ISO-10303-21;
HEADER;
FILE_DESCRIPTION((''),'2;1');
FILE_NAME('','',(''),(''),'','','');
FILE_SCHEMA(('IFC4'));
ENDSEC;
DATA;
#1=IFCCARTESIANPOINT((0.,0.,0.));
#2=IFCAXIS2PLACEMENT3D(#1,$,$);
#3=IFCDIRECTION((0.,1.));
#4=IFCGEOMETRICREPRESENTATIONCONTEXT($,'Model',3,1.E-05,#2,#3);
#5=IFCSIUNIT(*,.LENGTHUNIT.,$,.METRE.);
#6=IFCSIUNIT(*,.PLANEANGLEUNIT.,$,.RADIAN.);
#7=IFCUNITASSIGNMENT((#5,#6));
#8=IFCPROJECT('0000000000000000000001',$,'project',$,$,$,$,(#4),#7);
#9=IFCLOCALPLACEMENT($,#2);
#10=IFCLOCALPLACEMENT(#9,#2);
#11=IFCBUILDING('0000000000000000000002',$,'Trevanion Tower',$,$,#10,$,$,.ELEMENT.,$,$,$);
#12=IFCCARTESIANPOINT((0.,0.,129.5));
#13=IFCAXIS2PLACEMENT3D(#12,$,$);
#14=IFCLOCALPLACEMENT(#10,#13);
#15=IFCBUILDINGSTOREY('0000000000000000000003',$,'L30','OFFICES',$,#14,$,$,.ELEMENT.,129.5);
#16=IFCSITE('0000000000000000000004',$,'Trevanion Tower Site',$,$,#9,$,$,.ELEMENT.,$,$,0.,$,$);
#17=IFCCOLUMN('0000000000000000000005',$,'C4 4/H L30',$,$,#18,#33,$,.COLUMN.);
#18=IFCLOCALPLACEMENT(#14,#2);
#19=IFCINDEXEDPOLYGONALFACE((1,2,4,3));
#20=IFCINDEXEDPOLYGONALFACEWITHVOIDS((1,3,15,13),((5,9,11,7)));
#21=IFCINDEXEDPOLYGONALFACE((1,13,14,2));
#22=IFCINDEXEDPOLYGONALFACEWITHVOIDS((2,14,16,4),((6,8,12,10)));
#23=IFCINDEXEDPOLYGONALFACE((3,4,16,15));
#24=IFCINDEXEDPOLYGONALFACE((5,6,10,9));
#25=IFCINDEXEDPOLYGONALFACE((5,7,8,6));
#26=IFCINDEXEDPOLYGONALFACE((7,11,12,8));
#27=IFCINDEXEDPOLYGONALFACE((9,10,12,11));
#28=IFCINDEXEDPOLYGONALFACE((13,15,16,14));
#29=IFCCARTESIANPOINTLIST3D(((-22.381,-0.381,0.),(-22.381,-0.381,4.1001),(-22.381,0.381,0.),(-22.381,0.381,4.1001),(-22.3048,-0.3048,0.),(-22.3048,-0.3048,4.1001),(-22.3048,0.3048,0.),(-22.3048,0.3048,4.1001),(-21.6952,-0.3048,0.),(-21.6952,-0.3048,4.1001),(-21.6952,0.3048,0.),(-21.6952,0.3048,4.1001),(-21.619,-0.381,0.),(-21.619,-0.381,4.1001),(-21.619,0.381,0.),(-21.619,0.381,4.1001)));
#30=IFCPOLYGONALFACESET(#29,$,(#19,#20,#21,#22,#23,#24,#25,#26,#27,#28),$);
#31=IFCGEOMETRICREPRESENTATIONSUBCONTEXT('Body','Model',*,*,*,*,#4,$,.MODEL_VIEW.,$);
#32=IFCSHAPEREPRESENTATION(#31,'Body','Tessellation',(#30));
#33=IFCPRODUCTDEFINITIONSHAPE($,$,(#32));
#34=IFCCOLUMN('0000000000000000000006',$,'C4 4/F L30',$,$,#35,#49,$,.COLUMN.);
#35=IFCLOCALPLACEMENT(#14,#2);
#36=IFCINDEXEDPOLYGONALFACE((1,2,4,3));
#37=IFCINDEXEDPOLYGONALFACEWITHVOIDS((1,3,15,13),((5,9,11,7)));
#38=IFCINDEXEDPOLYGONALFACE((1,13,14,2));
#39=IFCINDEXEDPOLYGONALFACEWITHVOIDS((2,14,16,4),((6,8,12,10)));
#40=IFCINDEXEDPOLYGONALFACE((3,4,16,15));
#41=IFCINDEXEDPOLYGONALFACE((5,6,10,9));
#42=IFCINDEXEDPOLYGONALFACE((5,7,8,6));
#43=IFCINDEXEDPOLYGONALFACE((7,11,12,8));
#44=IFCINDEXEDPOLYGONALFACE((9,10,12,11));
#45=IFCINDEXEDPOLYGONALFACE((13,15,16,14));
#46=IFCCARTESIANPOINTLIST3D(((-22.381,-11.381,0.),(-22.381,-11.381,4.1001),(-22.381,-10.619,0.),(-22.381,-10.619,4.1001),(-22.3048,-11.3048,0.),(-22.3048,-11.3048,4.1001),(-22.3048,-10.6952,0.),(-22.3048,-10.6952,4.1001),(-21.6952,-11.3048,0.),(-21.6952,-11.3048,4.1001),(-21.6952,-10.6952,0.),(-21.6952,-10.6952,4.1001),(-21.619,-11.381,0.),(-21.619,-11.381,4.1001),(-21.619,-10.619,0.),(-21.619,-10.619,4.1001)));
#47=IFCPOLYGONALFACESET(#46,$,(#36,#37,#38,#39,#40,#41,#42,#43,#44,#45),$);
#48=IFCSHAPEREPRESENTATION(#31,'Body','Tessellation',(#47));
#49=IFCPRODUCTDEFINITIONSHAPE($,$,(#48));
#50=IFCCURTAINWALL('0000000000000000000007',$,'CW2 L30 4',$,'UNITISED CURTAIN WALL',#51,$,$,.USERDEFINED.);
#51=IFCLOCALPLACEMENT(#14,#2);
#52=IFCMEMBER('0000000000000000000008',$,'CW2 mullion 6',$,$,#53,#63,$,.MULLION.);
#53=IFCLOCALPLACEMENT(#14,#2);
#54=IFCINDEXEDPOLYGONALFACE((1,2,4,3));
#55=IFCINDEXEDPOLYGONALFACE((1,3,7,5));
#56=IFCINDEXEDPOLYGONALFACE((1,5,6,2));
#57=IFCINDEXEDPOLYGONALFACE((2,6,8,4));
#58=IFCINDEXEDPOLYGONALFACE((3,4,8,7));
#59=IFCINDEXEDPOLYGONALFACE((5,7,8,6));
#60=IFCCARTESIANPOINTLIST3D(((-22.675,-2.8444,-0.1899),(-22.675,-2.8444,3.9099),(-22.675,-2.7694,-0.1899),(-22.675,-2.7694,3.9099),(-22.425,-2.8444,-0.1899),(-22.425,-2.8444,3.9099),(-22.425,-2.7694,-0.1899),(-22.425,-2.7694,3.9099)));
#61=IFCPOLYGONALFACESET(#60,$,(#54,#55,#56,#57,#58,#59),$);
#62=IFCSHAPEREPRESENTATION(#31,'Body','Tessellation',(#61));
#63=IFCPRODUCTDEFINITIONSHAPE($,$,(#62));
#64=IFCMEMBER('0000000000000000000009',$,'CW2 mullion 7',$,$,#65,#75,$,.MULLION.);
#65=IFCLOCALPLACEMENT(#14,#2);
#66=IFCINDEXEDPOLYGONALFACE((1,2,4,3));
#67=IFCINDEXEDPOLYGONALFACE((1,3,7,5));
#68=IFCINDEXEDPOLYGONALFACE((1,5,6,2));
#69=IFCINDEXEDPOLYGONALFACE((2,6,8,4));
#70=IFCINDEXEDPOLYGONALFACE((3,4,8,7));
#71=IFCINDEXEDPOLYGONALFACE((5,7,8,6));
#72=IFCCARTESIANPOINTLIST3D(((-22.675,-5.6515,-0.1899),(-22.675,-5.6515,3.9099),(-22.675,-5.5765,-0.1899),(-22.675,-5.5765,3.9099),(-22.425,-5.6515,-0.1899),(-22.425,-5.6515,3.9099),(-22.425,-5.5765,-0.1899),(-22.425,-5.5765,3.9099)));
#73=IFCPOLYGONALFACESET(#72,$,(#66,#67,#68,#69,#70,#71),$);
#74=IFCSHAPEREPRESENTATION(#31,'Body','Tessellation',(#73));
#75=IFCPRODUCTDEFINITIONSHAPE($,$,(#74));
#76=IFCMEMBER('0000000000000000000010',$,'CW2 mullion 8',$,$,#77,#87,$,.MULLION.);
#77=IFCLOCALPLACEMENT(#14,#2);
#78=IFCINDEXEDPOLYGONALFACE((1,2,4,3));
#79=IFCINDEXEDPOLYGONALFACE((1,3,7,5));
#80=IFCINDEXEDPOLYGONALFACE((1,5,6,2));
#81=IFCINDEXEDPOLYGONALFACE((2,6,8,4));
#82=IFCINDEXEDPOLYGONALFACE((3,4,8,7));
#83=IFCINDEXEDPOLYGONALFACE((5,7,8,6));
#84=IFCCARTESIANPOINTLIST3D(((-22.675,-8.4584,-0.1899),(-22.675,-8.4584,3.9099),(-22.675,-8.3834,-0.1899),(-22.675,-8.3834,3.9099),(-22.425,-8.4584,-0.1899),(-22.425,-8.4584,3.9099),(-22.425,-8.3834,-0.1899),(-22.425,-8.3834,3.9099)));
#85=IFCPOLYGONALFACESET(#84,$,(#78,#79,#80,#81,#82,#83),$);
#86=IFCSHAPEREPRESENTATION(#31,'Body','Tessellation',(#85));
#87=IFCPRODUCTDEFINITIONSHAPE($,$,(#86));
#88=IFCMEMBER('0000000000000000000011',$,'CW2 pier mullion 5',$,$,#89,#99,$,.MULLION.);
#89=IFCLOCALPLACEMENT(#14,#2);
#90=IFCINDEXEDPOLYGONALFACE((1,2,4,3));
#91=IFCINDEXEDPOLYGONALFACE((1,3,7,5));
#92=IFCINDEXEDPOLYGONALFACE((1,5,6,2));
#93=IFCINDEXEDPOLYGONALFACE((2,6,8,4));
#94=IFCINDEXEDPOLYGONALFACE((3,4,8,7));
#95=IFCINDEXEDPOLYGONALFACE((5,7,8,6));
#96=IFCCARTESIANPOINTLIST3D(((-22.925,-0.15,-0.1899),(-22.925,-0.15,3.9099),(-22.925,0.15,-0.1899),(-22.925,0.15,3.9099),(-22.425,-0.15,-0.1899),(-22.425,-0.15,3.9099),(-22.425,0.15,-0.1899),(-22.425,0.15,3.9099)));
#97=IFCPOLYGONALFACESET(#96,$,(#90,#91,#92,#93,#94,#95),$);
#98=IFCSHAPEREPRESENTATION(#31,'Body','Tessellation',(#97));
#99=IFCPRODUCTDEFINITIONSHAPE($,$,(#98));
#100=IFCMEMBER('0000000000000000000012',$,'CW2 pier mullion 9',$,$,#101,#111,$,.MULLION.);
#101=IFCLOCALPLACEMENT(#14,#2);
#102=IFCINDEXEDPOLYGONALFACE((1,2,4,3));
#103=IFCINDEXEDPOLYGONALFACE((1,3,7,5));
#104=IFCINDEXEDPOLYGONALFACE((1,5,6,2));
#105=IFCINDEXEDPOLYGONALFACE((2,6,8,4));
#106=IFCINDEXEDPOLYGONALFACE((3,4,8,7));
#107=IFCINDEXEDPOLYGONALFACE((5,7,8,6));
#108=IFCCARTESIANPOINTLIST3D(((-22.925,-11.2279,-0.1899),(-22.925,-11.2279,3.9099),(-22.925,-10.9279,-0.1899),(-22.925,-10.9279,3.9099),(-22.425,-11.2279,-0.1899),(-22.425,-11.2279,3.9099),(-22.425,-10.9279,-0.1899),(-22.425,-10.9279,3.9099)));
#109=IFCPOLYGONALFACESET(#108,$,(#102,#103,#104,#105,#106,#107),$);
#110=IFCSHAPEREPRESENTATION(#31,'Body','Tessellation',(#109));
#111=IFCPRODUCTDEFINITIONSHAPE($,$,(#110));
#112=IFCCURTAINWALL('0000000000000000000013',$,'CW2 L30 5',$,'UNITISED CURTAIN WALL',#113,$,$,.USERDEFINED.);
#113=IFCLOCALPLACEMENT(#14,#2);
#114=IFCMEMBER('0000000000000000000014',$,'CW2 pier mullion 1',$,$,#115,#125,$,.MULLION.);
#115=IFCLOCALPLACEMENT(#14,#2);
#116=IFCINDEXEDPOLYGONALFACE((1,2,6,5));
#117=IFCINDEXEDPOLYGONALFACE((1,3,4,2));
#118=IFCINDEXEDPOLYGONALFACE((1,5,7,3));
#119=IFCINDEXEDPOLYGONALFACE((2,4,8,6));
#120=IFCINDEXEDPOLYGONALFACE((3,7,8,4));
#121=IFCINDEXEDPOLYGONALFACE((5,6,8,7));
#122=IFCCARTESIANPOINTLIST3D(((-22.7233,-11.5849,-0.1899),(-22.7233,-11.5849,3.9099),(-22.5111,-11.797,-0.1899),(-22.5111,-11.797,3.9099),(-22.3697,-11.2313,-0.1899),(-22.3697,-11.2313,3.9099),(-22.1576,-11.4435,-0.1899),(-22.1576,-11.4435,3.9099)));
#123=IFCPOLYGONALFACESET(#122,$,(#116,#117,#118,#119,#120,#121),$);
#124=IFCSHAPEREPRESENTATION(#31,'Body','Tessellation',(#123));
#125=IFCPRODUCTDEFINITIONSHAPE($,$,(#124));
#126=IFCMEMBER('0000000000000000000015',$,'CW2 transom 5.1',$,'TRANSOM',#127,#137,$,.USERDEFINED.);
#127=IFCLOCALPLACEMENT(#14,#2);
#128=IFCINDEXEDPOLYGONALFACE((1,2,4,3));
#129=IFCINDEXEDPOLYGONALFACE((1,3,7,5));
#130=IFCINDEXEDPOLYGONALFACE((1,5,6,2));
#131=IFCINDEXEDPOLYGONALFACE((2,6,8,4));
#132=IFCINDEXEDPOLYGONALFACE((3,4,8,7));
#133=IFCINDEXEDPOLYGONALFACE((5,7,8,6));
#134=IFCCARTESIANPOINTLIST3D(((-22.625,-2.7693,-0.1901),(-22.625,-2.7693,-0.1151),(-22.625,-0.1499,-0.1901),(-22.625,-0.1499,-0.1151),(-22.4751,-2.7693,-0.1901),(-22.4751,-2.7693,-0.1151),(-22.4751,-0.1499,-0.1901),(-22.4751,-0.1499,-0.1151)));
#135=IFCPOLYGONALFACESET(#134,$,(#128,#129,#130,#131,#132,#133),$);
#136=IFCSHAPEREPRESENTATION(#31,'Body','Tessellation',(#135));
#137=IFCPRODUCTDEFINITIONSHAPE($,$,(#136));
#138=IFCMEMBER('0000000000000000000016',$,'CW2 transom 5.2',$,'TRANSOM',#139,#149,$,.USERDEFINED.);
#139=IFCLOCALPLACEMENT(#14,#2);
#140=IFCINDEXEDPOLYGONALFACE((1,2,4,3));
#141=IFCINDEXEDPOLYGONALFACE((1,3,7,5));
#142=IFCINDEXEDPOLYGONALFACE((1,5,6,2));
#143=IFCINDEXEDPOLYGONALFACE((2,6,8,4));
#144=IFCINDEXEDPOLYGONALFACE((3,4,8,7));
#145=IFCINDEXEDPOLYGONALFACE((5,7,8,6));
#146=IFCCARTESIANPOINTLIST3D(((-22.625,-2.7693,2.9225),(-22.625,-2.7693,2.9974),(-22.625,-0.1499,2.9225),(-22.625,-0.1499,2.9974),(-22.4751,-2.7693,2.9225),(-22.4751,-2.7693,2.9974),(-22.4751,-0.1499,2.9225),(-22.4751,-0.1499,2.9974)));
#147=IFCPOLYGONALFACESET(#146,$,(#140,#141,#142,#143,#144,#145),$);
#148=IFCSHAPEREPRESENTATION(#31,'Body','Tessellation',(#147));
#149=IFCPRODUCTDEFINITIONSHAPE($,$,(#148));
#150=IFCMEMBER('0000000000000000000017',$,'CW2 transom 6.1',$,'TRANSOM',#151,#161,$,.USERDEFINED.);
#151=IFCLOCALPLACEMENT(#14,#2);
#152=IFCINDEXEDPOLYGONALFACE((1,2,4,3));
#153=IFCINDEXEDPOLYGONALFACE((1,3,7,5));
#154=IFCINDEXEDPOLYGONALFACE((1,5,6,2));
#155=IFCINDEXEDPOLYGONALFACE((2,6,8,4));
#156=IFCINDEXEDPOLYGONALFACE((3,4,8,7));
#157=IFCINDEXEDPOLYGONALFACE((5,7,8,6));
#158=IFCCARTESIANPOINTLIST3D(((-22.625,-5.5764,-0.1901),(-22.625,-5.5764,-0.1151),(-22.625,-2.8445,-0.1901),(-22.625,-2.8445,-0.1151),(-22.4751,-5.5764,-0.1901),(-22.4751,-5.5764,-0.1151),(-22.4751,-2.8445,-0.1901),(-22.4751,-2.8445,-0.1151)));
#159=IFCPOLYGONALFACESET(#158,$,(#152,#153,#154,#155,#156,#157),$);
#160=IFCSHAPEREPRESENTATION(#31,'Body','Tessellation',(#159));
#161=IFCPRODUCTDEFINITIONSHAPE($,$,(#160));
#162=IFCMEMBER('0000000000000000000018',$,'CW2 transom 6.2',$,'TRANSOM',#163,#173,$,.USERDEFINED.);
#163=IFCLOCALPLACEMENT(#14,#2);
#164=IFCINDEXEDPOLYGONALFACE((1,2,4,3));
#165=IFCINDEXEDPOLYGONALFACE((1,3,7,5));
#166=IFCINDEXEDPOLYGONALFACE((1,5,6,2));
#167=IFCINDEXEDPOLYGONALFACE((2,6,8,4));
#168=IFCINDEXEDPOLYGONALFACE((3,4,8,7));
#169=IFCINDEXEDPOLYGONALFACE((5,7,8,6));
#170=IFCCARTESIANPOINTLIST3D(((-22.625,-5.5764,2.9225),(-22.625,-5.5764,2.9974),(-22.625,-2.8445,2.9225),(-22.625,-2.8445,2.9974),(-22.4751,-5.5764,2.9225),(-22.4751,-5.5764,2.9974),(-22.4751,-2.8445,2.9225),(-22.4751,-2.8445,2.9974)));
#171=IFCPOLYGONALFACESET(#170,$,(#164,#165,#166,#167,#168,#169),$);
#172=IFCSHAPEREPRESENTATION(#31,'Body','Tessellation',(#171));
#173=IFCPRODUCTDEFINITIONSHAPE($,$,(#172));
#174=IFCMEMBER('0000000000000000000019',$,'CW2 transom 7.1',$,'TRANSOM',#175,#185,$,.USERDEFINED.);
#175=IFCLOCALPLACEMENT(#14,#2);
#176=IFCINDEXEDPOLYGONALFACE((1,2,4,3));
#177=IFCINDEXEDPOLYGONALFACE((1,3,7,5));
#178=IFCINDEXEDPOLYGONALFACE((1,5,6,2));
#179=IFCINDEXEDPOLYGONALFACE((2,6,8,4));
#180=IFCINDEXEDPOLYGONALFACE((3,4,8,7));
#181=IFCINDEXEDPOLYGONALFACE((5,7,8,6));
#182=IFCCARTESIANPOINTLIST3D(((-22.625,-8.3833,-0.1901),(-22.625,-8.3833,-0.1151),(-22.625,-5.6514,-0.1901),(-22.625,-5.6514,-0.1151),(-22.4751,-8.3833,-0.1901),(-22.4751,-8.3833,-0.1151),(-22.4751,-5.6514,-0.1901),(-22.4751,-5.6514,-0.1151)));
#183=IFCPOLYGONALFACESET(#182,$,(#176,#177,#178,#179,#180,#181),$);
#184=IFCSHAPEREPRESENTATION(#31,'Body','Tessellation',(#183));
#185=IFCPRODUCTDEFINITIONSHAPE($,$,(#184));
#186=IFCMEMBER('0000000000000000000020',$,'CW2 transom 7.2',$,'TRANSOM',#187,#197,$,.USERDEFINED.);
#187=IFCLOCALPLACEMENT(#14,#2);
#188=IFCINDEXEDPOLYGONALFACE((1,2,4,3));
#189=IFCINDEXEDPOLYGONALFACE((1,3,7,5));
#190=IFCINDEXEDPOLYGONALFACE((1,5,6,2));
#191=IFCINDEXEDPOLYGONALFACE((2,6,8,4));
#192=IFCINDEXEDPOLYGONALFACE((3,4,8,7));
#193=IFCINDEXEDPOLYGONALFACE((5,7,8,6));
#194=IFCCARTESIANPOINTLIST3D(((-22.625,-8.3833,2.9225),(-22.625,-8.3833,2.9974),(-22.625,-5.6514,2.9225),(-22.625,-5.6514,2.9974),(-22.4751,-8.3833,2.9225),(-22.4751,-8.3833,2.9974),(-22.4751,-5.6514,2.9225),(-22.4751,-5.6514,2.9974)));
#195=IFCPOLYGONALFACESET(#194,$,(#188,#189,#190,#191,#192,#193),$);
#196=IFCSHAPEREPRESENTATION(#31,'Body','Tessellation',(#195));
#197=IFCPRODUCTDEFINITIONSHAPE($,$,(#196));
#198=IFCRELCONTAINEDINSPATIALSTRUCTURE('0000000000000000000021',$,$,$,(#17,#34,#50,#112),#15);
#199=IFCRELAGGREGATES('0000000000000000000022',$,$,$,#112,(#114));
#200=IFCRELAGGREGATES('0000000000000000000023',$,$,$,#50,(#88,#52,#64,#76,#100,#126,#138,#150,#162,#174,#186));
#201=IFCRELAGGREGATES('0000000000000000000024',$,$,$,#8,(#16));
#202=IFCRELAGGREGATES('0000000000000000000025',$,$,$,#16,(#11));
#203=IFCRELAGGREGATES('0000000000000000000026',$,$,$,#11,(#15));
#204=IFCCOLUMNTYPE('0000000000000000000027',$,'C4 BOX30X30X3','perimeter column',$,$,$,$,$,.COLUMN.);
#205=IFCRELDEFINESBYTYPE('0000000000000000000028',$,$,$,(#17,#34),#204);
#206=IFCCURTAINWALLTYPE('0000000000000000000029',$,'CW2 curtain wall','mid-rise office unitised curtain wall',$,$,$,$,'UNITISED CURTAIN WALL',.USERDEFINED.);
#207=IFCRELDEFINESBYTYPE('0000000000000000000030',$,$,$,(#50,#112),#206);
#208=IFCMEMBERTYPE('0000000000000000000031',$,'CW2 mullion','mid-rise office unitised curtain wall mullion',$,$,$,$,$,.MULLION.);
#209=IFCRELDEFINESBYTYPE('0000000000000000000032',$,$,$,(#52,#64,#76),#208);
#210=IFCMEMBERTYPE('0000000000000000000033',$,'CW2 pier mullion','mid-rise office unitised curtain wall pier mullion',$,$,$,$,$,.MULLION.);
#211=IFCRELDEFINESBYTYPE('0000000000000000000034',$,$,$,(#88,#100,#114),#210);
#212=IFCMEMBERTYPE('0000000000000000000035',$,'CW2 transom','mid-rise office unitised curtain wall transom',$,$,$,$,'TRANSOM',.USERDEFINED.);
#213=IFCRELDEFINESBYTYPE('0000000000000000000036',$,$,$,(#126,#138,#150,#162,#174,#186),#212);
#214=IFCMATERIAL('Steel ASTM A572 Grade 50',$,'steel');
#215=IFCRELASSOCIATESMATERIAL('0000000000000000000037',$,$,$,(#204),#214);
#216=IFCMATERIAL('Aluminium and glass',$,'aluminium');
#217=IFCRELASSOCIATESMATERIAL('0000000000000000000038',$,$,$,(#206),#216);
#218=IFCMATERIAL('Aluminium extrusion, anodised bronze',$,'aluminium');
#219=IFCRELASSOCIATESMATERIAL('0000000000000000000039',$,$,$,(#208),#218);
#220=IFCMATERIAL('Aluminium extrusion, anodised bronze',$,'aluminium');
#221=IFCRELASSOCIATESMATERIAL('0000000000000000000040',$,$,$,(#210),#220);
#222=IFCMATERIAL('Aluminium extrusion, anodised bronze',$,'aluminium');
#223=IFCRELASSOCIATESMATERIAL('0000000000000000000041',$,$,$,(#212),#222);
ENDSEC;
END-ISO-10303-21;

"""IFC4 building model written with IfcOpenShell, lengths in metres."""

from ifc_helpers import new_model, si_unit, direction, frame, origin, origin_2d, place, context, subcontext, project, spatial, rectangle, hollow_rectangle, extrude, material, material_profile, profile_set, type_object, element, aggregate, save


model = new_model("IFC4")

# Units and contexts
model_context = context("Model", 3, precision=1e-05, world=origin(), true_north=direction((0.0, 1.0)))
body_context = subcontext(model_context, "Body", "Model", "MODEL_VIEW")
ifc_project = project(units=[si_unit("LENGTHUNIT", "METRE"), si_unit("PLANEANGLEUNIT", "RADIAN")], contexts=[model_context])

# Site, building, storey
site_placement = place(None, origin())
site = spatial("IfcSite", under=ifc_project, at=site_placement, Name="Trevanion Tower Site", CompositionType="ELEMENT", RefElevation=0.0)
building_placement = place(site_placement, origin())
building = spatial("IfcBuilding", under=site, at=building_placement, Name="Trevanion Tower", CompositionType="ELEMENT")
storey_placement = place(building_placement, frame((0.0, 0.0, 129.5)))
storey = spatial("IfcBuildingStorey", under=building, at=storey_placement, Name="L30", Description="OFFICES", CompositionType="ELEMENT", Elevation=129.5)

# Columns
ifc_material_1 = material(Name="Steel ASTM A572 Grade 50", Category="steel")
ifc_material_profile_1 = material_profile(ifc_material_1, hollow_rectangle(XDim=0.762, YDim=0.762, WallThickness=0.0762, at=origin_2d()), Name="BOX30X30X3")
ifc_profile_set_1 = profile_set([ifc_material_profile_1], Name="Steel ASTM A572 Grade 50")
column_type = type_object("IfcColumnType", Name="C4 BOX30X30X3", Description="perimeter column", PredefinedType="COLUMN", material=ifc_profile_set_1)
for number, where, z_axis, x_axis, name in (
    (1, (-22.0, 0.0, 0.0), (0.0, 0.0, 1.0), (0.0, 1.0, 0.0), "C4 4/H L30"),
    (2, (-22.0, -11.0, 0.0), (0.0, 0.0, 1.0), (0.0, 1.0, 0.0), "C4 4/F L30"),
):
    element("IfcColumn", number, at=place(storey_placement, frame(where, z_axis=z_axis, x_axis=x_axis)), inside=storey, type_object=column_type, Name=name, PredefinedType="COLUMN", context=body_context, shape_type="SweptSolid", body=[
        extrude(hollow_rectangle(XDim=0.762, YDim=0.762, WallThickness=0.0762, at=origin_2d()), origin(), (0.0, 0.0, 1.0), 4.1001),
    ])

# Curtain wall, members
ifc_material_2 = material(Name="Aluminium and glass", Category="aluminium")
curtain_wall_type = type_object("IfcCurtainWallType", Name="CW2 curtain wall", Description="mid-rise office unitised curtain wall", ElementType="UNITISED CURTAIN WALL", PredefinedType="USERDEFINED", material=ifc_material_2)
curtain_wall_1_placement = place(storey_placement, origin())
curtain_wall_1 = element("IfcCurtainWall", 3, at=curtain_wall_1_placement, inside=storey, type_object=curtain_wall_type, Name="CW2 L30 4", ObjectType="UNITISED CURTAIN WALL", PredefinedType="USERDEFINED")
ifc_material_3 = material(Name="Aluminium extrusion, anodised bronze", Category="aluminium")
ifc_material_profile_2 = material_profile(ifc_material_3, rectangle(XDim=0.075, YDim=0.25, at=origin_2d()), Name="CW2 mullion")
ifc_profile_set_2 = profile_set([ifc_material_profile_2], Name="Aluminium extrusion, anodised bronze")
member_type_1 = type_object("IfcMemberType", Name="CW2 mullion", Description="mid-rise office unitised curtain wall mullion", PredefinedType="MULLION", material=ifc_profile_set_2)
member_1_placement = place(storey_placement, frame((-22.55, -2.8069, -0.1899), z_axis=(0.0, 0.0, 1.0), x_axis=(0.0, -1.0, 0.0)))
member_1 = element("IfcMember", 4, at=member_1_placement, type_object=member_type_1, Name="CW2 mullion 6", PredefinedType="MULLION", context=body_context, shape_type="SweptSolid", body=[
    extrude(rectangle(XDim=0.075, YDim=0.25, at=origin_2d()), origin(), (0.0, 0.0, 1.0), 4.0999),
])
member_2_placement = place(storey_placement, frame((-22.55, -5.614, -0.1899), z_axis=(0.0, 0.0, 1.0), x_axis=(0.0, -1.0, 0.0)))
member_2 = element("IfcMember", 5, at=member_2_placement, type_object=member_type_1, Name="CW2 mullion 7", PredefinedType="MULLION", context=body_context, shape_type="SweptSolid", body=[
    extrude(rectangle(XDim=0.075, YDim=0.25, at=origin_2d()), origin(), (0.0, 0.0, 1.0), 4.0999),
])
member_3_placement = place(storey_placement, frame((-22.55, -8.4209, -0.1899), z_axis=(0.0, 0.0, 1.0), x_axis=(0.0, -1.0, 0.0)))
member_3 = element("IfcMember", 6, at=member_3_placement, type_object=member_type_1, Name="CW2 mullion 8", PredefinedType="MULLION", context=body_context, shape_type="SweptSolid", body=[
    extrude(rectangle(XDim=0.075, YDim=0.25, at=origin_2d()), origin(), (0.0, 0.0, 1.0), 4.0999),
])
ifc_material_4 = material(Name="Aluminium extrusion, anodised bronze", Category="aluminium")
ifc_material_profile_3 = material_profile(ifc_material_4, rectangle(XDim=0.3, YDim=0.5, at=origin_2d()), Name="CW2 pier mullion")
ifc_profile_set_3 = profile_set([ifc_material_profile_3], Name="Aluminium extrusion, anodised bronze")
member_type_2 = type_object("IfcMemberType", Name="CW2 pier mullion", Description="mid-rise office unitised curtain wall pier mullion", PredefinedType="MULLION", material=ifc_profile_set_3)
member_4_placement = place(storey_placement, frame((-22.675, 0.0, -0.1899), z_axis=(0.0, 0.0, 1.0), x_axis=(0.0, -1.0, 0.0)))
member_4 = element("IfcMember", 7, at=member_4_placement, type_object=member_type_2, Name="CW2 pier mullion 5", PredefinedType="MULLION", context=body_context, shape_type="SweptSolid", body=[
    extrude(rectangle(XDim=0.3, YDim=0.5, at=origin_2d()), origin(), (0.0, 0.0, 1.0), 4.0999),
])
member_5_placement = place(storey_placement, frame((-22.675, -11.0779, -0.1899), z_axis=(0.0, 0.0, 1.0), x_axis=(0.0, -1.0, 0.0)))
member_5 = element("IfcMember", 8, at=member_5_placement, type_object=member_type_2, Name="CW2 pier mullion 9", PredefinedType="MULLION", context=body_context, shape_type="SweptSolid", body=[
    extrude(rectangle(XDim=0.3, YDim=0.5, at=origin_2d()), origin(), (0.0, 0.0, 1.0), 4.0999),
])

# Curtain wall, member
curtain_wall_2_placement = place(storey_placement, origin())
curtain_wall_2 = element("IfcCurtainWall", 9, at=curtain_wall_2_placement, inside=storey, type_object=curtain_wall_type, Name="CW2 L30 5", ObjectType="UNITISED CURTAIN WALL", PredefinedType="USERDEFINED")
member_6_placement = place(storey_placement, frame((-22.4404, -11.5142, -0.1899), z_axis=(0.0, 0.0, 1.0), x_axis=(0.707107, -0.707107, 0.0)))
member_6 = element("IfcMember", 10, at=member_6_placement, type_object=member_type_2, Name="CW2 pier mullion 1", PredefinedType="MULLION", context=body_context, shape_type="SweptSolid", body=[
    extrude(rectangle(XDim=0.3, YDim=0.5, at=origin_2d()), origin(), (0.0, 0.0, 1.0), 4.0999),
])

# Members
ifc_material_5 = material(Name="Aluminium extrusion, anodised bronze", Category="aluminium")
ifc_material_profile_4 = material_profile(ifc_material_5, rectangle(XDim=0.1499, YDim=0.075, at=origin_2d()), Name="CW2 transom")
ifc_profile_set_4 = profile_set([ifc_material_profile_4], Name="Aluminium extrusion, anodised bronze")
member_type_3 = type_object("IfcMemberType", Name="CW2 transom", Description="mid-rise office unitised curtain wall transom", ElementType="TRANSOM", PredefinedType="USERDEFINED", material=ifc_profile_set_4)
member_7_placement = place(storey_placement, frame((-22.55, -0.1499, -0.1526), z_axis=(0.0, -1.0, 0.0), x_axis=(1.0, 0.0, 0.0)))
member_7 = element("IfcMember", 11, at=member_7_placement, type_object=member_type_3, Name="CW2 transom 5.1", ObjectType="TRANSOM", PredefinedType="USERDEFINED", context=body_context, shape_type="SweptSolid", body=[
    extrude(rectangle(XDim=0.1499, YDim=0.075, at=origin_2d()), origin(), (0.0, 0.0, 1.0), 2.6194),
])
member_8_placement = place(storey_placement, frame((-22.55, -0.1499, 2.96), z_axis=(0.0, -1.0, 0.0), x_axis=(1.0, 0.0, 0.0)))
member_8 = element("IfcMember", 12, at=member_8_placement, type_object=member_type_3, Name="CW2 transom 5.2", ObjectType="TRANSOM", PredefinedType="USERDEFINED", context=body_context, shape_type="SweptSolid", body=[
    extrude(rectangle(XDim=0.1499, YDim=0.075, at=origin_2d()), origin(), (0.0, 0.0, 1.0), 2.6194),
])
member_9_placement = place(storey_placement, frame((-22.55, -2.8445, -0.1526), z_axis=(0.0, -1.0, 0.0), x_axis=(1.0, 0.0, 0.0)))
member_9 = element("IfcMember", 13, at=member_9_placement, type_object=member_type_3, Name="CW2 transom 6.1", ObjectType="TRANSOM", PredefinedType="USERDEFINED", context=body_context, shape_type="SweptSolid", body=[
    extrude(rectangle(XDim=0.1499, YDim=0.075, at=origin_2d()), origin(), (0.0, 0.0, 1.0), 2.7319),
])
member_10_placement = place(storey_placement, frame((-22.55, -2.8445, 2.96), z_axis=(0.0, -1.0, 0.0), x_axis=(1.0, 0.0, 0.0)))
member_10 = element("IfcMember", 14, at=member_10_placement, type_object=member_type_3, Name="CW2 transom 6.2", ObjectType="TRANSOM", PredefinedType="USERDEFINED", context=body_context, shape_type="SweptSolid", body=[
    extrude(rectangle(XDim=0.1499, YDim=0.075, at=origin_2d()), origin(), (0.0, 0.0, 1.0), 2.7319),
])
member_11_placement = place(storey_placement, frame((-22.55, -5.6514, -0.1526), z_axis=(0.0, -1.0, 0.0), x_axis=(1.0, 0.0, 0.0)))
member_11 = element("IfcMember", 15, at=member_11_placement, type_object=member_type_3, Name="CW2 transom 7.1", ObjectType="TRANSOM", PredefinedType="USERDEFINED", context=body_context, shape_type="SweptSolid", body=[
    extrude(rectangle(XDim=0.1499, YDim=0.075, at=origin_2d()), origin(), (0.0, 0.0, 1.0), 2.7319),
])
member_12_placement = place(storey_placement, frame((-22.55, -5.6514, 2.96), z_axis=(0.0, -1.0, 0.0), x_axis=(1.0, 0.0, 0.0)))
member_12 = element("IfcMember", 16, at=member_12_placement, type_object=member_type_3, Name="CW2 transom 7.2", ObjectType="TRANSOM", PredefinedType="USERDEFINED", context=body_context, shape_type="SweptSolid", body=[
    extrude(rectangle(XDim=0.1499, YDim=0.075, at=origin_2d()), origin(), (0.0, 0.0, 1.0), 2.7319),
])
aggregate(curtain_wall_2, [member_6])

aggregate(curtain_wall_1, [member_4, member_1, member_2, member_3, member_5, member_7, member_8, member_9, member_10, member_11, member_12])

save(model, "model.ifc")
